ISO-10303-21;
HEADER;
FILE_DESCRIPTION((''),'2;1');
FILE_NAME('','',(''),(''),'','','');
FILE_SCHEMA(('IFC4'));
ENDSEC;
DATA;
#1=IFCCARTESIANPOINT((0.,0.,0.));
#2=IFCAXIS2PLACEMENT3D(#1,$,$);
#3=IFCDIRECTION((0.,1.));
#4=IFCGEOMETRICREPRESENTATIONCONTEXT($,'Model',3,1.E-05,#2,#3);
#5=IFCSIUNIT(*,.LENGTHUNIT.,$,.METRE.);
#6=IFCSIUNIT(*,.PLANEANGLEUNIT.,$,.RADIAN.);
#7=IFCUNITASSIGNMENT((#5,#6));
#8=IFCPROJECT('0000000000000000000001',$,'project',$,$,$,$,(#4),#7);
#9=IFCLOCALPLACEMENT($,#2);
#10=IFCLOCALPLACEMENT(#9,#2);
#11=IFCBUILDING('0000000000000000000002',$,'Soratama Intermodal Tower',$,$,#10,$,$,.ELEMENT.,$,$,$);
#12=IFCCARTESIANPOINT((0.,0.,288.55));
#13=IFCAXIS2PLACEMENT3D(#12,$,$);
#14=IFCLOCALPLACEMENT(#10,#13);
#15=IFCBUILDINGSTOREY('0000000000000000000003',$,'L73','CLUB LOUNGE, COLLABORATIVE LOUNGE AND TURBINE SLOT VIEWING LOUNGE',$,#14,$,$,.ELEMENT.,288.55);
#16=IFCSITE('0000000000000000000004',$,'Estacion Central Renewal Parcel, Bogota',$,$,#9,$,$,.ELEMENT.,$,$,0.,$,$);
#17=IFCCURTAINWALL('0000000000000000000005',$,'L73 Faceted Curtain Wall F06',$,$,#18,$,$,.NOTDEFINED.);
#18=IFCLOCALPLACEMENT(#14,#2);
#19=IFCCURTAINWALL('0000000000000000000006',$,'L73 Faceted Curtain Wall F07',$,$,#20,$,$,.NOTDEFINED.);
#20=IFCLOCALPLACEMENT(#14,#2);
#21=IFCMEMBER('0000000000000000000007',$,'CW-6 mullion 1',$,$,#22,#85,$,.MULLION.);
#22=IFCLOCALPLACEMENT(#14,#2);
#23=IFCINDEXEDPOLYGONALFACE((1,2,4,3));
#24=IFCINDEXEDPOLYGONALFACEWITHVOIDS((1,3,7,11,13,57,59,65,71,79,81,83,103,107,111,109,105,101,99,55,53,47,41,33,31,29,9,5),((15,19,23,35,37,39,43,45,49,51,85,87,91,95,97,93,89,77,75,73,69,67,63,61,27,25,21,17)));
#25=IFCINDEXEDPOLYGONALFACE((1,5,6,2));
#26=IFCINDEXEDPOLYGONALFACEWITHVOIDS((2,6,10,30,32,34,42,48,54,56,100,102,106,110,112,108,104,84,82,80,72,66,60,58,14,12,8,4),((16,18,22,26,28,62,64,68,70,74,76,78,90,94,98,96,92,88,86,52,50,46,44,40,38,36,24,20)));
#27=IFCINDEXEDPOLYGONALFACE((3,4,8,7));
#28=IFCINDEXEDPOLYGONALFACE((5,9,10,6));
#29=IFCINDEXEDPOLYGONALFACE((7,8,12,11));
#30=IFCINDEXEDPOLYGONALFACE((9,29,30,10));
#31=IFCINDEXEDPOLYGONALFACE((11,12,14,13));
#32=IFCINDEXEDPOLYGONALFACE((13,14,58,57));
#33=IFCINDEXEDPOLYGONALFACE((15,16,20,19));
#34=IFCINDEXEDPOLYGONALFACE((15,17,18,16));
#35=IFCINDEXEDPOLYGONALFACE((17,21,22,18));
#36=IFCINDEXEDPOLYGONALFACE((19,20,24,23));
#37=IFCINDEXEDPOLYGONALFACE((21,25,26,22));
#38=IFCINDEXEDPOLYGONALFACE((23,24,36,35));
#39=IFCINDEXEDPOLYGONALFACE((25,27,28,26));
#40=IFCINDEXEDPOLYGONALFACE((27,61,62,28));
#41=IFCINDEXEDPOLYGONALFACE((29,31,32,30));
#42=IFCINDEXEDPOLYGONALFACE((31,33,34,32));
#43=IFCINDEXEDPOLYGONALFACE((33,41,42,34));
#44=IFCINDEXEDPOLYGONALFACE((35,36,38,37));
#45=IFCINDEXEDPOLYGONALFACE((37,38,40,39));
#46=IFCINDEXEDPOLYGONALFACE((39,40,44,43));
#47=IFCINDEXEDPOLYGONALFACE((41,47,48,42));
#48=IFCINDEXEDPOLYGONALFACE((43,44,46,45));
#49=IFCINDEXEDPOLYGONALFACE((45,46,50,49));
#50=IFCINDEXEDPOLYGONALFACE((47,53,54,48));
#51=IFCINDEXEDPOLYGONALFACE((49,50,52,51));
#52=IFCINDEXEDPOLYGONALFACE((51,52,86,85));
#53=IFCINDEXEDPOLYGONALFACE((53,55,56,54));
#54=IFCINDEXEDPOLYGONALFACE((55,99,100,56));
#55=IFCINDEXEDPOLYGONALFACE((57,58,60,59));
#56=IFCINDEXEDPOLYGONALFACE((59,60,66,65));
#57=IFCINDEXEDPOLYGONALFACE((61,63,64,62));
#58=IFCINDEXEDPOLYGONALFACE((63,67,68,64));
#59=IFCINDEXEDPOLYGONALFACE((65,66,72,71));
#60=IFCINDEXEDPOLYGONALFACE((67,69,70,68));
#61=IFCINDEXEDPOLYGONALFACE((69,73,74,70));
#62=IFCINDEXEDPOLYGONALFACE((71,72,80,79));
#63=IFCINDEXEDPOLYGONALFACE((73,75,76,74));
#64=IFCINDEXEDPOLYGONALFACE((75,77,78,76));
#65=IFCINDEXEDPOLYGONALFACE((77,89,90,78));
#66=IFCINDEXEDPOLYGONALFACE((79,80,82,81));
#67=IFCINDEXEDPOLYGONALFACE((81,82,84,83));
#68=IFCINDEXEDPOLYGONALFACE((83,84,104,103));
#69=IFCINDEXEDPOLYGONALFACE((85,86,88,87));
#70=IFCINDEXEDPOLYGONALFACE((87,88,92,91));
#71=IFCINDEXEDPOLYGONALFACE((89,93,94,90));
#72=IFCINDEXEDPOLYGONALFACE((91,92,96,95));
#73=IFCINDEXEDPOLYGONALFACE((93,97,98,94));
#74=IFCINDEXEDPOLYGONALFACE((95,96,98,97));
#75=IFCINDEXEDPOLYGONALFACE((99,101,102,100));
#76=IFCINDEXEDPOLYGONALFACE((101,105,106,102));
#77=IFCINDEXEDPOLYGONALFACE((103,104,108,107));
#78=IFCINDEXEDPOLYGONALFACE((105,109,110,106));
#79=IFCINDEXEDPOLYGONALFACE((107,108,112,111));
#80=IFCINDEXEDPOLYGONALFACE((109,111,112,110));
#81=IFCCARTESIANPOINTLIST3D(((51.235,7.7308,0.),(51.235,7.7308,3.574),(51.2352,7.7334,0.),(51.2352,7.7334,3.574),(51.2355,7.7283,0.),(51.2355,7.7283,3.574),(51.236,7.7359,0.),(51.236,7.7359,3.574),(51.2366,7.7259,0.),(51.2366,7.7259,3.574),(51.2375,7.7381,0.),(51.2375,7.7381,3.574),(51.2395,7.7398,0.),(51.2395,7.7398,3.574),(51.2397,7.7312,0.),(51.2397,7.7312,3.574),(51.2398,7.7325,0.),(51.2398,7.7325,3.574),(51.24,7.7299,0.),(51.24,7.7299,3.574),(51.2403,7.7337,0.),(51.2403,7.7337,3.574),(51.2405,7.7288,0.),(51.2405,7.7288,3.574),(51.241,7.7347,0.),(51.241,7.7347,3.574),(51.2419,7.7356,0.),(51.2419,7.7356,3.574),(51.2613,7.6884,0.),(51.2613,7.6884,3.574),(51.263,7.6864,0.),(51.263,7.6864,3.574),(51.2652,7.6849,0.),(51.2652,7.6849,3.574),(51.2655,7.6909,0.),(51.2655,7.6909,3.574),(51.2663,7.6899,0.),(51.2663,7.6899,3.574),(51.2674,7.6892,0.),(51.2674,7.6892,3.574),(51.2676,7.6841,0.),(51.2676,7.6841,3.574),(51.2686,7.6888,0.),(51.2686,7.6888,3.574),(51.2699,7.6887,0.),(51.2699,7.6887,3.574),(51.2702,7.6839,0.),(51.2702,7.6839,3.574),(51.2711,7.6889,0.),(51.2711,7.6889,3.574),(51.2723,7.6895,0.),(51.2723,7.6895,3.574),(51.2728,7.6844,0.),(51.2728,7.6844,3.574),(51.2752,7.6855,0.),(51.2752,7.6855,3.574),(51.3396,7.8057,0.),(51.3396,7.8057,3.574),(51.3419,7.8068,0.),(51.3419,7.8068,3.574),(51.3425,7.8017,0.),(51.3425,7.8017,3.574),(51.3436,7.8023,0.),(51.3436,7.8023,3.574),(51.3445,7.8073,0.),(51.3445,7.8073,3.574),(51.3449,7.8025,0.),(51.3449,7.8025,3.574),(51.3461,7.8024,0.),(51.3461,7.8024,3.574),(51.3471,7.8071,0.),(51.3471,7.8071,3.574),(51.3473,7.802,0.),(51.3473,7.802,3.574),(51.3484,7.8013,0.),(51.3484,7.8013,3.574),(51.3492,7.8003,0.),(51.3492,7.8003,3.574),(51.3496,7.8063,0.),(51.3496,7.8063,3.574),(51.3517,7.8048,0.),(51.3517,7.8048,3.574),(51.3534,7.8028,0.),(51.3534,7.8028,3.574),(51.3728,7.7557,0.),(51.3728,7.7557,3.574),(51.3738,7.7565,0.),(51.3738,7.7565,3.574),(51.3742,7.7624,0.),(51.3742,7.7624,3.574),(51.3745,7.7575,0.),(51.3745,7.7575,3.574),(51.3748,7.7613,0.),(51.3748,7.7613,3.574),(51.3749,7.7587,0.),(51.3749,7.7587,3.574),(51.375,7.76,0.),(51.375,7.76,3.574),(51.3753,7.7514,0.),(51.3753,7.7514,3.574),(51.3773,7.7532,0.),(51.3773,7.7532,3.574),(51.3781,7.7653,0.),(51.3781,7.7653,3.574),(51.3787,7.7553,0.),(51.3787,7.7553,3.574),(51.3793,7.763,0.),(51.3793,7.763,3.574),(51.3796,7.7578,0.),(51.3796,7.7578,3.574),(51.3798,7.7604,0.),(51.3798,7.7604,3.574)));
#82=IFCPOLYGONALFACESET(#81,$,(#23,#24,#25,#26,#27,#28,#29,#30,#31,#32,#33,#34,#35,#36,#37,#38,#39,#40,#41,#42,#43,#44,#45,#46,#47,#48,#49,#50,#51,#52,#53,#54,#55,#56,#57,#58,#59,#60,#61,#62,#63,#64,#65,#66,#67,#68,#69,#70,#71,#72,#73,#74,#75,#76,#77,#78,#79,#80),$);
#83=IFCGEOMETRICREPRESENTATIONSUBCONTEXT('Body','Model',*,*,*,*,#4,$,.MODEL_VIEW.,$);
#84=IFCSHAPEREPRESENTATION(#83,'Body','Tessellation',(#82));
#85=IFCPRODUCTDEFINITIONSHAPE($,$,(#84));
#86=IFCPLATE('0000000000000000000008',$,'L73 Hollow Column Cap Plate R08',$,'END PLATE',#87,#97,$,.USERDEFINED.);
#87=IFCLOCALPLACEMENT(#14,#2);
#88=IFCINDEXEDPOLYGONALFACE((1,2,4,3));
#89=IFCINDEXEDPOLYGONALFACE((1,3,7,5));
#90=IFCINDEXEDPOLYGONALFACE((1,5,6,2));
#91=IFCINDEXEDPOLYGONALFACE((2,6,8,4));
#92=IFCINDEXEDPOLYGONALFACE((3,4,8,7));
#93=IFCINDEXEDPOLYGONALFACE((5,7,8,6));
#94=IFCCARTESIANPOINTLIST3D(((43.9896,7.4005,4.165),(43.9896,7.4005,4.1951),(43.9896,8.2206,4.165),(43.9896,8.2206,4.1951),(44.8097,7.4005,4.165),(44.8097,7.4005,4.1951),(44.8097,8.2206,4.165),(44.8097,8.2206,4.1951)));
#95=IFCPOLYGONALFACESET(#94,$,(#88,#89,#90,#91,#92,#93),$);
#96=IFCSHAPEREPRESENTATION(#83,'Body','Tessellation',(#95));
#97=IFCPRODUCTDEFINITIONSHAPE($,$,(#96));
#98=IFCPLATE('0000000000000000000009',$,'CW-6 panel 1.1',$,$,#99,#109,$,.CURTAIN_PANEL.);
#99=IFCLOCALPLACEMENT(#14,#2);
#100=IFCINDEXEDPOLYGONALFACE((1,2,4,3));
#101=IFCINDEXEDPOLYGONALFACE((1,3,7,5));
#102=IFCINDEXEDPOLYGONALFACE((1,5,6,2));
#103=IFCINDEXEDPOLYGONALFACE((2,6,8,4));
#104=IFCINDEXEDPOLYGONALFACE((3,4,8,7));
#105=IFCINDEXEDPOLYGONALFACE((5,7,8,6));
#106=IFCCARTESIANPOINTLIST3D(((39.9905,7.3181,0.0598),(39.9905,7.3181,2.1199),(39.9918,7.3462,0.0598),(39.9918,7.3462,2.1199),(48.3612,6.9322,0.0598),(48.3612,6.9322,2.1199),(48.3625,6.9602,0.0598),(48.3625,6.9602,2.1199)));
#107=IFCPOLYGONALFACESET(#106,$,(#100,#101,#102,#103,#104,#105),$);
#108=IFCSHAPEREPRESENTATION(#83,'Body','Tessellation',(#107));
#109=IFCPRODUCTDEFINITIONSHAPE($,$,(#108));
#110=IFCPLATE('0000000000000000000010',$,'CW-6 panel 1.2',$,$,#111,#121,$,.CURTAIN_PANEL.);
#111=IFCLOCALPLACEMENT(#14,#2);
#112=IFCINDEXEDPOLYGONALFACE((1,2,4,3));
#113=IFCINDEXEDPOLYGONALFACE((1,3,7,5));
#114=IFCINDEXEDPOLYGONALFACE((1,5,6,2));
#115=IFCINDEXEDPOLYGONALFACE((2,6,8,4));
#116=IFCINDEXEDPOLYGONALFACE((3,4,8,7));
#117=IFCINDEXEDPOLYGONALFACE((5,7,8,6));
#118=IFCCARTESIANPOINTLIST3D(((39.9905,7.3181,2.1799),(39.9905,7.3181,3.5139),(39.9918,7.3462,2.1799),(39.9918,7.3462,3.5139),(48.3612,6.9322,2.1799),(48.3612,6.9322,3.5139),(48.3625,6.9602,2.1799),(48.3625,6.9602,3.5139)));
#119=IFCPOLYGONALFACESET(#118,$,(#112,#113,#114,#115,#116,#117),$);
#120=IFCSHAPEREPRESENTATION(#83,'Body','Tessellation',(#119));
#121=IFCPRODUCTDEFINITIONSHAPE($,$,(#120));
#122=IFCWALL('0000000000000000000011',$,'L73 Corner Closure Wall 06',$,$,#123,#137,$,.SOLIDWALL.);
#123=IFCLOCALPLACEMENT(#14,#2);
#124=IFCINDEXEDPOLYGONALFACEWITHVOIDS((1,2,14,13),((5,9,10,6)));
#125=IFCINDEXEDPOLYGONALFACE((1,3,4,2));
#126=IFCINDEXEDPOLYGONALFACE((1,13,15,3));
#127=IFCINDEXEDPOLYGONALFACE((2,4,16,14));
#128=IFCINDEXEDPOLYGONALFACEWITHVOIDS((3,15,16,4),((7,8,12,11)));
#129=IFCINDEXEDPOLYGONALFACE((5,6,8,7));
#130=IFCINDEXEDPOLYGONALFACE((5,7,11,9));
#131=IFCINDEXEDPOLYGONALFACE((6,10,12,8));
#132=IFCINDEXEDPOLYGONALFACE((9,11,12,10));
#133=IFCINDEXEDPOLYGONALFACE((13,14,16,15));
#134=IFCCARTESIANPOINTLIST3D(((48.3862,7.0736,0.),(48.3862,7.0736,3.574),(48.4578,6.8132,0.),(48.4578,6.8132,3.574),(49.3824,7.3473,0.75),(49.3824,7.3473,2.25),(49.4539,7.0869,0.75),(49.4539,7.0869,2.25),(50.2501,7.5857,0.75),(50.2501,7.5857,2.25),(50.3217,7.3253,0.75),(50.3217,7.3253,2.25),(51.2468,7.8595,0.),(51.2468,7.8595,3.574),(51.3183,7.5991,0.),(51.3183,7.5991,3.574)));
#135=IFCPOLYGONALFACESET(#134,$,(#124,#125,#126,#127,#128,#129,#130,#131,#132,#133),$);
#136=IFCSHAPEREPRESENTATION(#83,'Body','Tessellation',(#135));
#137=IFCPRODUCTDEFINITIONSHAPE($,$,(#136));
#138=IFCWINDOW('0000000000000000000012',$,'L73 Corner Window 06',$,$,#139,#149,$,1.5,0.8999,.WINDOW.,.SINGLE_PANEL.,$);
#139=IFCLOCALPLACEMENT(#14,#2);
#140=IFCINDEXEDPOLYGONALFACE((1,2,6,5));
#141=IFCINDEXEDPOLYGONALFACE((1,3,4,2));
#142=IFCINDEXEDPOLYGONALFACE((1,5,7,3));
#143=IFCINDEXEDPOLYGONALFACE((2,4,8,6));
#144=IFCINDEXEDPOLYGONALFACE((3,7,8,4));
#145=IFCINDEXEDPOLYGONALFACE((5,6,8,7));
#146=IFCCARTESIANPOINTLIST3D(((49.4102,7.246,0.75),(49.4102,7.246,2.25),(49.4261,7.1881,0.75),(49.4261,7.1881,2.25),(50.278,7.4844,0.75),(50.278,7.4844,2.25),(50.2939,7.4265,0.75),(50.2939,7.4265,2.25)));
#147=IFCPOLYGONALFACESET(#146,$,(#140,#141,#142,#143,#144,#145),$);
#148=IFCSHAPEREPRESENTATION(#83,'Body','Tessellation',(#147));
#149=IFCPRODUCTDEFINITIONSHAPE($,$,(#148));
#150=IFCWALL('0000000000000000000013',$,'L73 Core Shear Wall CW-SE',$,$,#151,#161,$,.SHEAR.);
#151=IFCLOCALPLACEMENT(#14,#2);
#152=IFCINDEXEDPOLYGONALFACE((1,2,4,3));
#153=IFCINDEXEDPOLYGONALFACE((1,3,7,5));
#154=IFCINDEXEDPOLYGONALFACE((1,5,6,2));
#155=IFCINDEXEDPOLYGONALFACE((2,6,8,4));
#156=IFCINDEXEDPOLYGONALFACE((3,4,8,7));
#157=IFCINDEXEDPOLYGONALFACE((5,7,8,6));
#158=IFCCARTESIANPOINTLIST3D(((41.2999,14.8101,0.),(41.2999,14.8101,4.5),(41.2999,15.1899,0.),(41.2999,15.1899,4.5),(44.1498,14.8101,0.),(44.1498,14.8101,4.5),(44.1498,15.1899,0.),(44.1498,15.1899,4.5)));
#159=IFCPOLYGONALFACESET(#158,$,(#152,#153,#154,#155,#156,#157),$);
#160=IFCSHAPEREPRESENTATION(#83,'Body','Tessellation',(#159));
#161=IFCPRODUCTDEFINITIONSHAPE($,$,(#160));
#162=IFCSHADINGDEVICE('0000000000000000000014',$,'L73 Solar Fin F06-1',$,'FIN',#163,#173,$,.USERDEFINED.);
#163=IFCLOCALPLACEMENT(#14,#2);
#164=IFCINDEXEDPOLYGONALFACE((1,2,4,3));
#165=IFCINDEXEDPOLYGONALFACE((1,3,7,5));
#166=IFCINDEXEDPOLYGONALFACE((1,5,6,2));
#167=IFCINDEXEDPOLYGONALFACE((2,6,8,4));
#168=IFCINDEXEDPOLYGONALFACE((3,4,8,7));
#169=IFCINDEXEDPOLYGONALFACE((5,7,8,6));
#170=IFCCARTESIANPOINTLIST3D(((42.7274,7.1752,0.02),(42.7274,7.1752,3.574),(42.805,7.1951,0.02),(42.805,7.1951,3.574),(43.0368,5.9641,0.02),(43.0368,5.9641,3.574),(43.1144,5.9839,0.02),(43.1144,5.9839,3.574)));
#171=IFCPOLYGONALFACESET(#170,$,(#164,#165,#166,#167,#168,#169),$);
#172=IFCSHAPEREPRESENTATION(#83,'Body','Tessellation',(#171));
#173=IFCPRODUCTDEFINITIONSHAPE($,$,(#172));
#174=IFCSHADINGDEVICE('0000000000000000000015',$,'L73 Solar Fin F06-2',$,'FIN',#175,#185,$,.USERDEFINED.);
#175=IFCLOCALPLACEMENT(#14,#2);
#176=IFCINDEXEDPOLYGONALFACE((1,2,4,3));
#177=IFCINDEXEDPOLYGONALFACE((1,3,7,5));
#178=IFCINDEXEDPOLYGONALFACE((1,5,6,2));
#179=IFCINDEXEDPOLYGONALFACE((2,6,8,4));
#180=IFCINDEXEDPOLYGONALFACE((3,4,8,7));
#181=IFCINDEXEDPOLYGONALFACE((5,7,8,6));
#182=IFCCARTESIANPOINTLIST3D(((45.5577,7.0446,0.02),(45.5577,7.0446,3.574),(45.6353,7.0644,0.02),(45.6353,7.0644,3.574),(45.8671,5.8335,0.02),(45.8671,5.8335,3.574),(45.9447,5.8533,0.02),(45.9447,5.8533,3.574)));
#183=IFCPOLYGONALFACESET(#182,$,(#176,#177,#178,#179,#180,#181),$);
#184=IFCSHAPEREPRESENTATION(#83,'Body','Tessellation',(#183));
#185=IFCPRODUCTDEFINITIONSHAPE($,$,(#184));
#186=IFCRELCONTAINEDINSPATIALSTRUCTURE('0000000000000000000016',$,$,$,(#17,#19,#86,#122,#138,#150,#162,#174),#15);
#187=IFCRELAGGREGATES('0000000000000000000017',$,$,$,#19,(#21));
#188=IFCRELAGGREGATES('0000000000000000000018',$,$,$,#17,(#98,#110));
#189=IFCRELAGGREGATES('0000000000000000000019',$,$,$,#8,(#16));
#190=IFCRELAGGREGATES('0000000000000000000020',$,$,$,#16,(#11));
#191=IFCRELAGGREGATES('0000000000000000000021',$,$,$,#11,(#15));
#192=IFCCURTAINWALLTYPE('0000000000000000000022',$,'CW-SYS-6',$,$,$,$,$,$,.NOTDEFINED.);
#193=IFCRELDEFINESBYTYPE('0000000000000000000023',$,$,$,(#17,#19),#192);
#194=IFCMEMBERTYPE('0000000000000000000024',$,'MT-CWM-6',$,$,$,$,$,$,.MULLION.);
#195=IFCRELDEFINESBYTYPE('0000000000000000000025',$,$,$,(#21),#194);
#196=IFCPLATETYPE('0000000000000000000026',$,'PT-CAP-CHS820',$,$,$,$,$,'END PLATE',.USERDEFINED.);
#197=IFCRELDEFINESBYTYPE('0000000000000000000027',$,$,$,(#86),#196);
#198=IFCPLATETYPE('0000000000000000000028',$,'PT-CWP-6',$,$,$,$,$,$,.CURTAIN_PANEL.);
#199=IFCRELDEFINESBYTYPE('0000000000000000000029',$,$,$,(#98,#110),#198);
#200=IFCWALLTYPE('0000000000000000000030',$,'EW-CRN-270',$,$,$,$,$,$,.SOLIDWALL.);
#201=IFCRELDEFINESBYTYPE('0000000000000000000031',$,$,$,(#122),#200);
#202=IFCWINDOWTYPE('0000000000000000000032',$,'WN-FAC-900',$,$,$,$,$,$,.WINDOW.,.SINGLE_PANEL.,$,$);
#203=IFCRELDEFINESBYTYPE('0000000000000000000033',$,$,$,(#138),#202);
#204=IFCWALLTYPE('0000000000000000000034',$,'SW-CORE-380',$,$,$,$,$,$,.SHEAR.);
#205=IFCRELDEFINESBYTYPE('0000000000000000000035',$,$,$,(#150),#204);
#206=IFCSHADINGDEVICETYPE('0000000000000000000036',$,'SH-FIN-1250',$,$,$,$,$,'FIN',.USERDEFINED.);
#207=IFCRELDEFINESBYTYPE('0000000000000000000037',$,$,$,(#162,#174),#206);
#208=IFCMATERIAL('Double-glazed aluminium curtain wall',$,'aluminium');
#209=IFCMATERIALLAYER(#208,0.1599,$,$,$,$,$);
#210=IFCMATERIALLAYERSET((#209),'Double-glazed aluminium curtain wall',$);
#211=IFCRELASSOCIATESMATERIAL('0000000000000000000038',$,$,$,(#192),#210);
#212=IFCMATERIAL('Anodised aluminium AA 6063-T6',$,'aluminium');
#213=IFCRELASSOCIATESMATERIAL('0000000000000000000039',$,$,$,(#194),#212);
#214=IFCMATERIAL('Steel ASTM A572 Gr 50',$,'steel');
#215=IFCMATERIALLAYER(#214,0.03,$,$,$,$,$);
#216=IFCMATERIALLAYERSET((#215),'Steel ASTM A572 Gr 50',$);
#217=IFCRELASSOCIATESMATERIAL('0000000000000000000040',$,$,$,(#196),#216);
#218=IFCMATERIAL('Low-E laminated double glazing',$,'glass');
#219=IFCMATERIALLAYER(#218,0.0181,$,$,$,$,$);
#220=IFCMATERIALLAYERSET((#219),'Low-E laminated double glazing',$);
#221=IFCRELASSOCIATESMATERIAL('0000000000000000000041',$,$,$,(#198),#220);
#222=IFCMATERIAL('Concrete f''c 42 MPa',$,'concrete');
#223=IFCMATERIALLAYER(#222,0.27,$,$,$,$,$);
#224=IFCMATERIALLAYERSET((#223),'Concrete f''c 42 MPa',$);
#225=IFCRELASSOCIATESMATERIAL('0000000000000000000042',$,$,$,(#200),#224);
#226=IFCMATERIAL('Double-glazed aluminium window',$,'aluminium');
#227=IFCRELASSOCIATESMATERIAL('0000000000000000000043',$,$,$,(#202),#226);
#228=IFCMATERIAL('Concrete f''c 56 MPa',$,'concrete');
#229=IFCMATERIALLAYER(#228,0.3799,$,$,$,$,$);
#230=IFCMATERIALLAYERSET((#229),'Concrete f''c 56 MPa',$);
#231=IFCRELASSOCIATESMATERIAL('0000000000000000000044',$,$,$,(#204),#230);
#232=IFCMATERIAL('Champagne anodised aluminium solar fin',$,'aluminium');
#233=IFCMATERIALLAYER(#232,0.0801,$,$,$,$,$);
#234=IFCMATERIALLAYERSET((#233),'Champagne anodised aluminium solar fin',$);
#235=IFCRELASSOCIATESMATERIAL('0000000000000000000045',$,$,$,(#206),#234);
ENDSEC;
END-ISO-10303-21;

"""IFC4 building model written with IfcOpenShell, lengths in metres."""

from ifc_helpers import new_model, si_unit, direction, frame, frame_2d, origin, origin_2d, place, context, subcontext, project, spatial, rectangle, hollow_rectangle, extrude, material, layer, layer_set, material_profile, profile_set, type_object, element, fill, aggregate, save


model = new_model("IFC4")

# Units and contexts
model_context = context("Model", 3, precision=1e-05, world=origin(), true_north=direction((0.0, 1.0)))
body_context = subcontext(model_context, "Body", "Model", "MODEL_VIEW")
ifc_project = project(units=[si_unit("LENGTHUNIT", "METRE"), si_unit("PLANEANGLEUNIT", "RADIAN")], contexts=[model_context])

# Site, building, storey
site_placement = place(None, origin())
site = spatial("IfcSite", under=ifc_project, at=site_placement, Name="Estacion Central Renewal Parcel, Bogota", CompositionType="ELEMENT", RefElevation=0.0)
building_placement = place(site_placement, origin())
building = spatial("IfcBuilding", under=site, at=building_placement, Name="Soratama Intermodal Tower", CompositionType="ELEMENT")
storey_placement = place(building_placement, frame((0.0, 0.0, 288.55)))
storey = spatial("IfcBuildingStorey", under=building, at=storey_placement, Name="L73", Description="CLUB LOUNGE, COLLABORATIVE LOUNGE AND TURBINE SLOT VIEWING LOUNGE", CompositionType="ELEMENT", Elevation=288.55)

# Curtain walls, member
ifc_material_1 = material(Name="Double-glazed aluminium curtain wall", Category="aluminium")
ifc_layer_1 = layer(ifc_material_1, 0.1599)
ifc_layer_set_1 = layer_set([ifc_layer_1], Name="Double-glazed aluminium curtain wall")
curtain_wall_type = type_object("IfcCurtainWallType", Name="CW-SYS-6", PredefinedType="NOTDEFINED", material=ifc_layer_set_1)
curtain_wall_1_placement = place(storey_placement, origin())
curtain_wall_1 = element("IfcCurtainWall", 1, at=curtain_wall_1_placement, inside=storey, type_object=curtain_wall_type, Name="L73 Faceted Curtain Wall F06", PredefinedType="NOTDEFINED")
ifc_material_2 = material(Name="Anodised aluminium AA 6063-T6", Category="aluminium")
ifc_material_profile_1 = material_profile(ifc_material_2, hollow_rectangle(XDim=0.0649, YDim=0.1399, WallThickness=0.0049, InnerFilletRadius=0.0049, OuterFilletRadius=0.01, at=origin_2d()), Name="CWM140X65X5")
ifc_profile_set_1 = profile_set([ifc_material_profile_1], Name="Anodised aluminium AA 6063-T6")
member_type = type_object("IfcMemberType", Name="MT-CWM-6", PredefinedType="MULLION", material=ifc_profile_set_1)
curtain_wall_2_placement = place(storey_placement, origin())
curtain_wall_2 = element("IfcCurtainWall", 2, at=curtain_wall_2_placement, inside=storey, type_object=curtain_wall_type, Name="L73 Faceted Curtain Wall F07", PredefinedType="NOTDEFINED")
member_1_placement = place(storey_placement, frame((51.3074, 7.7456, 0.0), z_axis=(0.0, 0.0, 1.0), x_axis=(-0.549891, 0.835236, 0.0)))
member_1 = element("IfcMember", 3, at=member_1_placement, type_object=member_type, Name="CW-6 mullion 1", PredefinedType="MULLION", context=body_context, shape_type="SweptSolid", body=[
    extrude(hollow_rectangle(XDim=0.0649, YDim=0.1399, WallThickness=0.0049, InnerFilletRadius=0.0049, OuterFilletRadius=0.01, at=origin_2d()), origin(), (0.0, 0.0, 1.0), 3.574),
])
aggregate(curtain_wall_2, [member_1])

# Plates
ifc_material_3 = material(Name="Steel ASTM A572 Gr 50", Category="steel")
ifc_layer_2 = layer(ifc_material_3, 0.03)
ifc_layer_set_2 = layer_set([ifc_layer_2], Name="Steel ASTM A572 Gr 50")
plate_type_1 = type_object("IfcPlateType", Name="PT-CAP-CHS820", ElementType="END PLATE", PredefinedType="USERDEFINED", material=ifc_layer_set_2)
plate_1_placement = place(storey_placement, frame((44.3997, 7.8105, 4.165), z_axis=(0.0, 0.0, 1.0), x_axis=(1.0, 0.0, 0.0)))
element("IfcPlate", 4, at=plate_1_placement, inside=storey, type_object=plate_type_1, Name="L73 Hollow Column Cap Plate R08", ObjectType="END PLATE", PredefinedType="USERDEFINED", context=body_context, shape_type="SweptSolid", body=[
    extrude(rectangle(XDim=0.8201, YDim=0.8201, at=origin_2d()), origin(), (0.0, 0.0, 1.0), 0.03),
])
ifc_material_4 = material(Name="Low-E laminated double glazing", Category="glass")
ifc_layer_3 = layer(ifc_material_4, 0.0181)
ifc_layer_set_3 = layer_set([ifc_layer_3], Name="Low-E laminated double glazing")
plate_type_2 = type_object("IfcPlateType", Name="PT-CWP-6", PredefinedType="CURTAIN_PANEL", material=ifc_layer_set_3)
plate_2_placement = place(storey_placement, frame((44.1765, 7.1392, 0.0598), z_axis=(0.0, 0.0, 1.0), x_axis=(0.998939, -0.04606, 0.0)))
plate_2 = element("IfcPlate", 5, at=plate_2_placement, type_object=plate_type_2, Name="CW-6 panel 1.1", PredefinedType="CURTAIN_PANEL", context=body_context, shape_type="SweptSolid", body=[
    extrude(rectangle(XDim=8.3796, YDim=0.0281, at=origin_2d()), origin(), (0.0, 0.0, 1.0), 2.0601),
])
plate_3_placement = place(storey_placement, frame((44.1765, 7.1392, 2.1799), z_axis=(0.0, 0.0, 1.0), x_axis=(0.998939, -0.04606, 0.0)))
plate_3 = element("IfcPlate", 6, at=plate_3_placement, type_object=plate_type_2, Name="CW-6 panel 1.2", PredefinedType="CURTAIN_PANEL", context=body_context, shape_type="SweptSolid", body=[
    extrude(rectangle(XDim=8.3796, YDim=0.0281, at=origin_2d()), origin(), (0.0, 0.0, 1.0), 1.334),
])
aggregate(curtain_wall_1, [plate_2, plate_3])

# Wall, opening, window
ifc_material_5 = material(Name="Concrete f'c 42 MPa", Category="concrete")
ifc_layer_4 = layer(ifc_material_5, 0.27)
ifc_layer_set_4 = layer_set([ifc_layer_4], Name="Concrete f'c 42 MPa")
wall_type_1 = type_object("IfcWallType", Name="EW-CRN-270", PredefinedType="SOLIDWALL", material=ifc_layer_set_4)
wall_1_placement = place(storey_placement, frame((48.4219, 6.9434, 0.0), z_axis=(0.0, 0.0, 1.0), x_axis=(0.964272, 0.264914, 0.0)))
wall_1 = element("IfcWall", 7, at=wall_1_placement, inside=storey, type_object=wall_type_1, Name="L73 Corner Closure Wall 06", PredefinedType="SOLIDWALL", context=body_context, shape_type="SweptSolid", body=[
    extrude(rectangle(XDim=2.9666, YDim=0.27, at=frame_2d((1.4834, 0.0))), origin(), (0.0, 0.0, 1.0), 3.574),
])
opening_placement = place(wall_1_placement, frame((1.0332, 0.0, 0.75)))
opening = element("IfcOpeningElement", 8, at=opening_placement, cuts=wall_1, PredefinedType="OPENING", context=body_context, shape_type="SweptSolid", body=[
    extrude(rectangle(XDim=0.8999, YDim=1.5, at=frame_2d((0.45, 0.75))), frame((0.0, 0.145, 0.0), z_axis=(0.0, -1.0, 0.0), x_axis=(1.0, 0.0, 0.0)), (0.0, 0.0, 1.0), 0.29),
])
ifc_material_6 = material(Name="Double-glazed aluminium window", Category="aluminium")
window_type = type_object("IfcWindowType", Name="WN-FAC-900", PartitioningType="SINGLE_PANEL", PredefinedType="WINDOW", material=ifc_material_6)
window_placement = place(opening_placement, origin())
window = element("IfcWindow", 9, at=window_placement, inside=storey, type_object=window_type, Name="L73 Corner Window 06", OverallHeight=1.5, OverallWidth=0.8999, PartitioningType="SINGLE_PANEL", PredefinedType="WINDOW", context=body_context, shape_type="SweptSolid", body=[
    extrude(rectangle(XDim=0.8999, YDim=1.5, at=frame_2d((0.45, 0.75))), frame((0.0, 0.03, 0.0), z_axis=(0.0, -1.0, 0.0), x_axis=(1.0, 0.0, 0.0)), (0.0, 0.0, 1.0), 0.0601),
])
fill(opening, window)

# Wall
ifc_material_7 = material(Name="Concrete f'c 56 MPa", Category="concrete")
ifc_layer_5 = layer(ifc_material_7, 0.3799)
ifc_layer_set_5 = layer_set([ifc_layer_5], Name="Concrete f'c 56 MPa")
wall_type_2 = type_object("IfcWallType", Name="SW-CORE-380", PredefinedType="SHEAR", material=ifc_layer_set_5)
wall_2_placement = place(storey_placement, frame((41.3, 15.0, 0.0), z_axis=(0.0, 0.0, 1.0), x_axis=(1.0, 0.0, 0.0)))
element("IfcWall", 10, at=wall_2_placement, inside=storey, type_object=wall_type_2, Name="L73 Core Shear Wall CW-SE", PredefinedType="SHEAR", context=body_context, shape_type="SweptSolid", body=[
    extrude(rectangle(XDim=2.8499, YDim=0.3799, at=frame_2d((1.4248, 0.0))), origin(), (0.0, 0.0, 1.0), 4.5),
])

# Shading devices
ifc_material_8 = material(Name="Champagne anodised aluminium solar fin", Category="aluminium")
ifc_layer_6 = layer(ifc_material_8, 0.0801)
ifc_layer_set_6 = layer_set([ifc_layer_6], Name="Champagne anodised aluminium solar fin")
shading_device_type = type_object("IfcShadingDeviceType", Name="SH-FIN-1250", ElementType="FIN", PredefinedType="USERDEFINED", material=ifc_layer_set_6)
for number, where, z_axis, x_axis, name in (
    (11, (42.9209, 6.5796, 0.02), (0.0, 0.0, 1.0), (0.247506, -0.968886, 0.0), "L73 Solar Fin F06-1"),
    (12, (45.7512, 6.449, 0.02), (0.0, 0.0, 1.0), (0.247506, -0.968886, 0.0), "L73 Solar Fin F06-2"),
):
    element("IfcShadingDevice", number, at=place(storey_placement, frame(where, z_axis=z_axis, x_axis=x_axis)), inside=storey, type_object=shading_device_type, Name=name, ObjectType="FIN", PredefinedType="USERDEFINED", context=body_context, shape_type="SweptSolid", body=[
        extrude(rectangle(XDim=1.25, YDim=0.0801, at=origin_2d()), origin(), (0.0, 0.0, 1.0), 3.554),
    ])

save(model, "model.ifc")
